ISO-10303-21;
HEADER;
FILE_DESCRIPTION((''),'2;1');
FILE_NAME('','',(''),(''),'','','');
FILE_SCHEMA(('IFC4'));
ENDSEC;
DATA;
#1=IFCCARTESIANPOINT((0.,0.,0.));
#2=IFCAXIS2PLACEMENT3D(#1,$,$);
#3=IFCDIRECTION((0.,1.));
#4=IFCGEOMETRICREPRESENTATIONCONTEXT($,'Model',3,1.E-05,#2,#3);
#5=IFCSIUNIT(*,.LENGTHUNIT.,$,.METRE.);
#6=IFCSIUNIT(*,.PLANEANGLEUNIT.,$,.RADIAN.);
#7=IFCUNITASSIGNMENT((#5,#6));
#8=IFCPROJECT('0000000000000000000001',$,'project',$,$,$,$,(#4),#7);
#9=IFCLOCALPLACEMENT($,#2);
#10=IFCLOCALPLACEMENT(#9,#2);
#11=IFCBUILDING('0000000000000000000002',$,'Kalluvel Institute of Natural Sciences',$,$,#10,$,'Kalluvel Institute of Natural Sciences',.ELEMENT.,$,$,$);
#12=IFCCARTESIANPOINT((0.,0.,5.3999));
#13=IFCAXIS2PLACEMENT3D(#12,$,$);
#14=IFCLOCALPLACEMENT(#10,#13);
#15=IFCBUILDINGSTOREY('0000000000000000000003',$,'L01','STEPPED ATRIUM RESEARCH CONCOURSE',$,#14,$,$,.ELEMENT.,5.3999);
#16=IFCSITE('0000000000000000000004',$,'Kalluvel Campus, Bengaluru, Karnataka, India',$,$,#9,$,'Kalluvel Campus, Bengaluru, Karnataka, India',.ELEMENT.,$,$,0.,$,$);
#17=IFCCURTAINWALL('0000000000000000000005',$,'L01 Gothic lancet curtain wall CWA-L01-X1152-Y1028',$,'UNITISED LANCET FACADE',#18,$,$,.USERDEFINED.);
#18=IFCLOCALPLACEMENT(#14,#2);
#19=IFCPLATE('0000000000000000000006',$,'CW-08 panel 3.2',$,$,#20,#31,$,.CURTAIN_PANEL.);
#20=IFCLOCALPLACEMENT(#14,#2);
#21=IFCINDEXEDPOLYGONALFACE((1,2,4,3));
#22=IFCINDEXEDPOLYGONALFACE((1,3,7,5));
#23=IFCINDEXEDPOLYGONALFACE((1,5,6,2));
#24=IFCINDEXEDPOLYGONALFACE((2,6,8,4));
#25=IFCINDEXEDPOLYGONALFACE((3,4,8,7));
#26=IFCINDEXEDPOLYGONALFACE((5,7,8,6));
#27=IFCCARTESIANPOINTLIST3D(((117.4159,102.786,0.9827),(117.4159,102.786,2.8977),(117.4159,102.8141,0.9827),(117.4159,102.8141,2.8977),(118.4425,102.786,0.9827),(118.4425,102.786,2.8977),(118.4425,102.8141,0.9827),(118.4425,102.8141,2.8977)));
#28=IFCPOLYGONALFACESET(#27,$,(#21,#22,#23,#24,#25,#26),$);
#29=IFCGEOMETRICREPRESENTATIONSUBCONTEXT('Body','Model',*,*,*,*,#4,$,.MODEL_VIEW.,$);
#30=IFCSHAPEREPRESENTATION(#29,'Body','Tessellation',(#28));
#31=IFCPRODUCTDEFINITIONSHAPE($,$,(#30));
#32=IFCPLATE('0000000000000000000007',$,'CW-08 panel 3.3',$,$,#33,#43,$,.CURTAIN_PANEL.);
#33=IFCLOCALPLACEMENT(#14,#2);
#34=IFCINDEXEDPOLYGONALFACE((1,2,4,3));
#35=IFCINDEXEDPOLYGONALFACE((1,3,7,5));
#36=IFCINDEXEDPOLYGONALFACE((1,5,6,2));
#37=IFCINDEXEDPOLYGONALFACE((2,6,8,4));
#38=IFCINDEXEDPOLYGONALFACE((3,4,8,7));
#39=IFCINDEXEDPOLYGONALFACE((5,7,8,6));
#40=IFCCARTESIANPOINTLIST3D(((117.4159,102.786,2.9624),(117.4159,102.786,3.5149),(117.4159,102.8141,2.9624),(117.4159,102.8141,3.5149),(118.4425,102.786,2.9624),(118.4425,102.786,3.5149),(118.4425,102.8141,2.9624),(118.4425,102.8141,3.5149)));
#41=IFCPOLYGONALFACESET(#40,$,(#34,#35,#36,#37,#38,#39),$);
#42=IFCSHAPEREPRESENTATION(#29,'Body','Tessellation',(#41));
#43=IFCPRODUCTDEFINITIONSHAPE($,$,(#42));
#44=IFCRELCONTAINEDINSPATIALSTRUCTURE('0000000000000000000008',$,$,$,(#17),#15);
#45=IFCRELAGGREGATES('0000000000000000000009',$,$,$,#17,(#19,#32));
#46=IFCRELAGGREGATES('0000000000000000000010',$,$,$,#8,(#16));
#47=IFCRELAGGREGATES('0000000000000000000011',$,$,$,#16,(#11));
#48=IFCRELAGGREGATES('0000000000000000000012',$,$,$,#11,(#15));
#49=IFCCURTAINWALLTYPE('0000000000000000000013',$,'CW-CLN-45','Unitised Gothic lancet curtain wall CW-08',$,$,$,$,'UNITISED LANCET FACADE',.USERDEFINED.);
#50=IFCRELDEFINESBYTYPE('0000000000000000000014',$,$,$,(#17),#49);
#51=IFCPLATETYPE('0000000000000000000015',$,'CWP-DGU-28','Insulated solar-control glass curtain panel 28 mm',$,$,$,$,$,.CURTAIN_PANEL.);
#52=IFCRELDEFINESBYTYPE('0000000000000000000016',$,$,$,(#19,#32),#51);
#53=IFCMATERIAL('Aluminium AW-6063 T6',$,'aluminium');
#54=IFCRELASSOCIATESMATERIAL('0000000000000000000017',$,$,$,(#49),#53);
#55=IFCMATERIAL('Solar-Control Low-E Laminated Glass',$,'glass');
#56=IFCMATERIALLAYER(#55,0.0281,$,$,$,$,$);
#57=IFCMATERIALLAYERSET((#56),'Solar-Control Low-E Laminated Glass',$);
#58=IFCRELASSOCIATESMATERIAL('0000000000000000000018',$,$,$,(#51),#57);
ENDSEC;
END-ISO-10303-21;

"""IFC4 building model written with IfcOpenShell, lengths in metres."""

from ifc_helpers import new_model, si_unit, direction, frame, origin, origin_2d, place, context, subcontext, project, spatial, rectangle, extrude, material, layer, layer_set, type_object, element, aggregate, save


model = new_model("IFC4")

# Units and contexts
model_context = context("Model", 3, precision=1e-05, world=origin(), true_north=direction((0.0, 1.0)))
body_context = subcontext(model_context, "Body", "Model", "MODEL_VIEW")
ifc_project = project(units=[si_unit("LENGTHUNIT", "METRE"), si_unit("PLANEANGLEUNIT", "RADIAN")], contexts=[model_context])

# Site, building, storey
site_placement = place(None, origin())
site = spatial("IfcSite", under=ifc_project, at=site_placement, Name="Kalluvel Campus, Bengaluru, Karnataka, India", LongName="Kalluvel Campus, Bengaluru, Karnataka, India", CompositionType="ELEMENT", RefElevation=0.0)
building_placement = place(site_placement, origin())
building = spatial("IfcBuilding", under=site, at=building_placement, Name="Kalluvel Institute of Natural Sciences", LongName="Kalluvel Institute of Natural Sciences", CompositionType="ELEMENT")
storey_placement = place(building_placement, frame((0.0, 0.0, 5.3999)))
storey = spatial("IfcBuildingStorey", under=building, at=storey_placement, Name="L01", Description="STEPPED ATRIUM RESEARCH CONCOURSE", CompositionType="ELEMENT", Elevation=5.3999)

# Curtain wall
ifc_material_1 = material(Name="Aluminium AW-6063 T6", Category="aluminium")
curtain_wall_type = type_object("IfcCurtainWallType", Name="CW-CLN-45", Description="Unitised Gothic lancet curtain wall CW-08", ElementType="UNITISED LANCET FACADE", PredefinedType="USERDEFINED", material=ifc_material_1)
curtain_wall_placement = place(storey_placement, origin())
curtain_wall = element("IfcCurtainWall", 1, at=curtain_wall_placement, inside=storey, type_object=curtain_wall_type, Name="L01 Gothic lancet curtain wall CWA-L01-X1152-Y1028", ObjectType="UNITISED LANCET FACADE", PredefinedType="USERDEFINED")

# Plates
ifc_material_2 = material(Name="Solar-Control Low-E Laminated Glass", Category="glass")
ifc_layer = layer(ifc_material_2, 0.0281)
ifc_layer_set = layer_set([ifc_layer], Name="Solar-Control Low-E Laminated Glass")
plate_type = type_object("IfcPlateType", Name="CWP-DGU-28", Description="Insulated solar-control glass curtain panel 28 mm", PredefinedType="CURTAIN_PANEL", material=ifc_layer_set)
plate_1_placement = place(storey_placement, frame((117.9292, 102.8, 0.9827), z_axis=(0.0, 0.0, 1.0), x_axis=(1.0, 0.0, 0.0)))
plate_1 = element("IfcPlate", 2, at=plate_1_placement, type_object=plate_type, Name="CW-08 panel 3.2", PredefinedType="CURTAIN_PANEL", context=body_context, shape_type="SweptSolid", body=[
    extrude(rectangle(XDim=1.0266, YDim=0.0281, at=origin_2d()), origin(), (0.0, 0.0, 1.0), 1.915),
])
plate_2_placement = place(storey_placement, frame((117.9292, 102.8, 2.9624), z_axis=(0.0, 0.0, 1.0), x_axis=(1.0, 0.0, 0.0)))
plate_2 = element("IfcPlate", 3, at=plate_2_placement, type_object=plate_type, Name="CW-08 panel 3.3", PredefinedType="CURTAIN_PANEL", context=body_context, shape_type="SweptSolid", body=[
    extrude(rectangle(XDim=1.0266, YDim=0.0281, at=origin_2d()), origin(), (0.0, 0.0, 1.0), 0.5525),
])
aggregate(curtain_wall, [plate_1, plate_2])

save(model, "model.ifc")
